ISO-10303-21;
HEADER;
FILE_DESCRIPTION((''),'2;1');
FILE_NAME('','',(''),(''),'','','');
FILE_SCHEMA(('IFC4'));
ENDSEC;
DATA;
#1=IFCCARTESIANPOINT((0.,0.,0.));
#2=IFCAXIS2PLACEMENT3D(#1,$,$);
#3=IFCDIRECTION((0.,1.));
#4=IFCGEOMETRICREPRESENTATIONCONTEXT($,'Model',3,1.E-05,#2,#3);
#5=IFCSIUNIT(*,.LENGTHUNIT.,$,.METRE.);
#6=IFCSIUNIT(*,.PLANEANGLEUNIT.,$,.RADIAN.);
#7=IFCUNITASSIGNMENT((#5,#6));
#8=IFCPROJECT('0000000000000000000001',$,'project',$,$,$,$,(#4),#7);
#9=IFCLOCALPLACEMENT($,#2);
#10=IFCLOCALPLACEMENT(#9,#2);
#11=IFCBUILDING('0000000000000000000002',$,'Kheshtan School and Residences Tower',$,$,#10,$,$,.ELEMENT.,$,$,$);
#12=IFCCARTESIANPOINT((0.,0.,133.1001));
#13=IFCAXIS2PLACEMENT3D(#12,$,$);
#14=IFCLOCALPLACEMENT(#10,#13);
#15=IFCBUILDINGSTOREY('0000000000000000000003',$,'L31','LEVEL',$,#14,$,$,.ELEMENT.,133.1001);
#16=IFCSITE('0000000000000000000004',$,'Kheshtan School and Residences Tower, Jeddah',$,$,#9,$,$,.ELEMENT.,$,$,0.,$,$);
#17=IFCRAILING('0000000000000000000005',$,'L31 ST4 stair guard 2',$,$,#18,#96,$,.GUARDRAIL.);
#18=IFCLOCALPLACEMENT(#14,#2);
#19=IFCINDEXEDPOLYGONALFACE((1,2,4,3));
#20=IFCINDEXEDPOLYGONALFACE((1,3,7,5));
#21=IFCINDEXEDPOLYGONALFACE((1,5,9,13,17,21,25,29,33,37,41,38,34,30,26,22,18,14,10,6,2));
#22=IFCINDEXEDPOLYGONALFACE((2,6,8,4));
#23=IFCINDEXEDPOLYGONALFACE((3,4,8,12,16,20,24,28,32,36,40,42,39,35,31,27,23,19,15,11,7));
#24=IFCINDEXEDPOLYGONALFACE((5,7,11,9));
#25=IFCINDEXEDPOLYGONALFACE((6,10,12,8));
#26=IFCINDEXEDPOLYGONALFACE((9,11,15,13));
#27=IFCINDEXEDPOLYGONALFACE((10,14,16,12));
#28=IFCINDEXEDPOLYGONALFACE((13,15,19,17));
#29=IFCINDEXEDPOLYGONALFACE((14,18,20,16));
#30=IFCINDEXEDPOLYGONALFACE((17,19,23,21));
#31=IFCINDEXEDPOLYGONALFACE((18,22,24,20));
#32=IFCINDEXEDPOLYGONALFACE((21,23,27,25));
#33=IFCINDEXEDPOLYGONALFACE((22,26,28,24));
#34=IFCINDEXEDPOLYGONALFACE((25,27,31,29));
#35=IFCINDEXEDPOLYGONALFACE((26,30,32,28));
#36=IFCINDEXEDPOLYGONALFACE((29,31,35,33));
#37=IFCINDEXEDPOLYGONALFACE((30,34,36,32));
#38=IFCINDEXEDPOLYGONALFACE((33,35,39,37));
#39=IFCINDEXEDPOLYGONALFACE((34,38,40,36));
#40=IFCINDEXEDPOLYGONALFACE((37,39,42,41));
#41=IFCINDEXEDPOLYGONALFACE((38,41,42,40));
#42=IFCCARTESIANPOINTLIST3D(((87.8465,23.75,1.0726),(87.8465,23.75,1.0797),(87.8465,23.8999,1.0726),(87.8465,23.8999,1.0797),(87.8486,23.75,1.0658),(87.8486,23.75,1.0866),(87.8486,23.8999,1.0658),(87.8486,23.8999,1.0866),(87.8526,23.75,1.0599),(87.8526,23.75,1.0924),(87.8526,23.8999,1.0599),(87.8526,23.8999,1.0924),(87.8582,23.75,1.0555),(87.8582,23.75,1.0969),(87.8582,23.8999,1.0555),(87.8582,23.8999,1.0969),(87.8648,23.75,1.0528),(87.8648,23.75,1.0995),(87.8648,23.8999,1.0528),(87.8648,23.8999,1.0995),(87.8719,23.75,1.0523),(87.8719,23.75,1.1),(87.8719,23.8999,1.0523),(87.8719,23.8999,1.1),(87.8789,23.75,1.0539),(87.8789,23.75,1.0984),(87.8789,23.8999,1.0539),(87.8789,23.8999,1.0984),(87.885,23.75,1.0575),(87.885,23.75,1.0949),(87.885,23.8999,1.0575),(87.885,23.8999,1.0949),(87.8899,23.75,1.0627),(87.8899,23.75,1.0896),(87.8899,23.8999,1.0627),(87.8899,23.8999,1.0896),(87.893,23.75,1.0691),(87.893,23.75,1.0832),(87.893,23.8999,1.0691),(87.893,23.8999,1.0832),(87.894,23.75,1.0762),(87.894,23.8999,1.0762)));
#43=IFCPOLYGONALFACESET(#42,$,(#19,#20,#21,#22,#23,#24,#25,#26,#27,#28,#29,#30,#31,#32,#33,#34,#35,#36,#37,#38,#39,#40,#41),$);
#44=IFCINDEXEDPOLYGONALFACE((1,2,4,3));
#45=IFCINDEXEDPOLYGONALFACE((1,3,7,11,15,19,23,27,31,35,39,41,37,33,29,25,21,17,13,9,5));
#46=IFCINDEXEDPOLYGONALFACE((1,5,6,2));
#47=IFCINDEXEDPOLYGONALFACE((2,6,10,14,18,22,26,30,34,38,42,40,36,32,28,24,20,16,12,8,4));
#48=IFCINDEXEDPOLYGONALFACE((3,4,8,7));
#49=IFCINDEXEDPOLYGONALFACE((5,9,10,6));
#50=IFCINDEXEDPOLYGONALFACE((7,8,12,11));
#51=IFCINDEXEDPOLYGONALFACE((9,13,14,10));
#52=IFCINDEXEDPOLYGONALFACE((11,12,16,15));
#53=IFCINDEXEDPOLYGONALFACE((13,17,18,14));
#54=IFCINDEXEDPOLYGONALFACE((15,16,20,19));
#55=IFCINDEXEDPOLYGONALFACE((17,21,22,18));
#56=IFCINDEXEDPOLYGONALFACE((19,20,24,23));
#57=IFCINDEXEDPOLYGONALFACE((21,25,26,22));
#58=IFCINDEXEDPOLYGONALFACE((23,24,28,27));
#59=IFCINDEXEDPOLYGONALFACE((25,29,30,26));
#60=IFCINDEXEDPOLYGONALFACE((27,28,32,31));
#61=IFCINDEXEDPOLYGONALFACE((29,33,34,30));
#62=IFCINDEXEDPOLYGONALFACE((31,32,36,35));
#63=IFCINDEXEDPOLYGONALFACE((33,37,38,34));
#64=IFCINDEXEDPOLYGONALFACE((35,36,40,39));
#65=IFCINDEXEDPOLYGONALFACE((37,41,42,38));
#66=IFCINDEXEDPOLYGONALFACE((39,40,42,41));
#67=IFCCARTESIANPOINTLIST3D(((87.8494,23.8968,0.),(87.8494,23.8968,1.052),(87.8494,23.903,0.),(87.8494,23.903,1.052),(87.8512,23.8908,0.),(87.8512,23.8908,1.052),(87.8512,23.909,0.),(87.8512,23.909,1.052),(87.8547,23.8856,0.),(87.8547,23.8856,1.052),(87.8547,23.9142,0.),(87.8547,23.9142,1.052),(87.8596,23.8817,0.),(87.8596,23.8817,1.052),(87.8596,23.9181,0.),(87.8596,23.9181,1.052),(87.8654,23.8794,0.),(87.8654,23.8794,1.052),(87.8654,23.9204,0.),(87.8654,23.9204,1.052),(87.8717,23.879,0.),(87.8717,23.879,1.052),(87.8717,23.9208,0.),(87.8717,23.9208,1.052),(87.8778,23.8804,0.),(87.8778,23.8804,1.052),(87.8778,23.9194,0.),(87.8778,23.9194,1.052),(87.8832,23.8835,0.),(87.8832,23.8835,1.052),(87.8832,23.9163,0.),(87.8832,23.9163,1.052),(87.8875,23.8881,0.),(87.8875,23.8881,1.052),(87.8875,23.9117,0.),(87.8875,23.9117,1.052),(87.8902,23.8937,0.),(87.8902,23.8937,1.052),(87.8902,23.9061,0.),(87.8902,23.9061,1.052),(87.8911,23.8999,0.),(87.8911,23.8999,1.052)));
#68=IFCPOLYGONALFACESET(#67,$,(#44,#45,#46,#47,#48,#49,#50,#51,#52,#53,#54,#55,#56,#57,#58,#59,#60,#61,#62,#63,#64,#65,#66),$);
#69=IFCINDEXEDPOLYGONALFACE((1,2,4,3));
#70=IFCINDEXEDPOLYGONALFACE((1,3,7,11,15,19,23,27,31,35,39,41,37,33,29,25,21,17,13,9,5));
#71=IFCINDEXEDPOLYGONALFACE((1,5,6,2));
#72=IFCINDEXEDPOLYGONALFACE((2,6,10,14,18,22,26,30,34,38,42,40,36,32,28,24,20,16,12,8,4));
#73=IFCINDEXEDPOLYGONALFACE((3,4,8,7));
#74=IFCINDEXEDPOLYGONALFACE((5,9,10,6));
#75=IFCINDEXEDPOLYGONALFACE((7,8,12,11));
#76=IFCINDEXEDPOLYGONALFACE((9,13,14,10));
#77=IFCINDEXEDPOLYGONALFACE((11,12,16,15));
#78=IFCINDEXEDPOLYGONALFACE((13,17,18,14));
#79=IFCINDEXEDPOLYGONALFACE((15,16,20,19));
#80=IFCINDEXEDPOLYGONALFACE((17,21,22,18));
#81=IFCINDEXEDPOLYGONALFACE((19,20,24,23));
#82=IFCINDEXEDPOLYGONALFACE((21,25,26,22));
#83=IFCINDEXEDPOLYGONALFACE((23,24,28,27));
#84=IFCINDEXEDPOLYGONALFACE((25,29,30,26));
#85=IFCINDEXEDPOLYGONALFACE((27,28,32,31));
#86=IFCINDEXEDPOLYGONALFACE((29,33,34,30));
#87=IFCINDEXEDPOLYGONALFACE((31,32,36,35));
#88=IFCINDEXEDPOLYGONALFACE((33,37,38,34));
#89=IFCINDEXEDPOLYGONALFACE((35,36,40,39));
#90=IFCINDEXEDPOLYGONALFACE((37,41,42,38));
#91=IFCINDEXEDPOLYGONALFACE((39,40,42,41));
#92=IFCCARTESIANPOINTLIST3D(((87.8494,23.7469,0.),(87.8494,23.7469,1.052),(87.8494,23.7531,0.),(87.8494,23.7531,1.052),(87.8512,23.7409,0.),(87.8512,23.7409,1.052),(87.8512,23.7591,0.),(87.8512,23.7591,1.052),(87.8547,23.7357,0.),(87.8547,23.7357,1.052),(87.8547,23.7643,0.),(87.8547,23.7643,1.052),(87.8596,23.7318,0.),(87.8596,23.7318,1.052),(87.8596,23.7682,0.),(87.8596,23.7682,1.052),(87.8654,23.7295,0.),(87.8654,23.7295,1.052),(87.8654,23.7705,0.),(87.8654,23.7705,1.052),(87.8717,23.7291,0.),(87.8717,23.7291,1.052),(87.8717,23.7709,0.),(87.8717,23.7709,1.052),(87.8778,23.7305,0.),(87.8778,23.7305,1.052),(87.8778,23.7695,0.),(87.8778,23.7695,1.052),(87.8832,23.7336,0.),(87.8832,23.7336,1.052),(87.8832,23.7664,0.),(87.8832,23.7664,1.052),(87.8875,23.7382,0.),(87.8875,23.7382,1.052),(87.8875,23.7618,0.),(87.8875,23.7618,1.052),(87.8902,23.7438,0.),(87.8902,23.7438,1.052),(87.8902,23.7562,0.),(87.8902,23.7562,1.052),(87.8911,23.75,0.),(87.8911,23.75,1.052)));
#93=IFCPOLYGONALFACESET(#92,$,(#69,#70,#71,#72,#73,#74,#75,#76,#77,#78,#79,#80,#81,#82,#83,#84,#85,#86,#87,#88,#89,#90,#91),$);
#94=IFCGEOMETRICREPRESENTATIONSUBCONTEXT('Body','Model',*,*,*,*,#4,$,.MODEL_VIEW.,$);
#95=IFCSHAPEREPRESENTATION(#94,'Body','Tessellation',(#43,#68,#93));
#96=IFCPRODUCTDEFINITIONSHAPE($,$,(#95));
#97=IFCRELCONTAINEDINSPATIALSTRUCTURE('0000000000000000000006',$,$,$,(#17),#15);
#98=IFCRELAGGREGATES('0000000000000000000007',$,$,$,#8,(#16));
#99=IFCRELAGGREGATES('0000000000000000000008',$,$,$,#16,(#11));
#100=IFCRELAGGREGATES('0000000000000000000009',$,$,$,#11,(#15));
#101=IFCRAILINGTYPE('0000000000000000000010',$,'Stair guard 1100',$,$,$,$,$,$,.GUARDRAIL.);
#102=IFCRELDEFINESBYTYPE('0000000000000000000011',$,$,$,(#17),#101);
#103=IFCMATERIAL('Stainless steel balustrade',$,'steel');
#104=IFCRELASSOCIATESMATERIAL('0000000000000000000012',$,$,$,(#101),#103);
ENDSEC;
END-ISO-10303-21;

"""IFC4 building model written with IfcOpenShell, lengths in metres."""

from ifc_helpers import new_model, si_unit, direction, frame, origin, origin_2d, place, context, subcontext, project, spatial, circle, extrude, material, type_object, element, save


model = new_model("IFC4")

# Units and contexts
model_context = context("Model", 3, precision=1e-05, world=origin(), true_north=direction((0.0, 1.0)))
body_context = subcontext(model_context, "Body", "Model", "MODEL_VIEW")
ifc_project = project(units=[si_unit("LENGTHUNIT", "METRE"), si_unit("PLANEANGLEUNIT", "RADIAN")], contexts=[model_context])

# Site, building, storey
site_placement = place(None, origin())
site = spatial("IfcSite", under=ifc_project, at=site_placement, Name="Kheshtan School and Residences Tower, Jeddah", CompositionType="ELEMENT", RefElevation=0.0)
building_placement = place(site_placement, origin())
building = spatial("IfcBuilding", under=site, at=building_placement, Name="Kheshtan School and Residences Tower", CompositionType="ELEMENT")
storey_placement = place(building_placement, frame((0.0, 0.0, 133.1001)))
storey = spatial("IfcBuildingStorey", under=building, at=storey_placement, Name="L31", Description="LEVEL", CompositionType="ELEMENT", Elevation=133.1001)

# Railing
ifc_material_1 = material(Name="Stainless steel balustrade", Category="steel")
railing_type_1 = type_object("IfcRailingType", Name="Stair guard 1100", PredefinedType="GUARDRAIL", material=ifc_material_1)
railing_1_placement = place(storey_placement, frame((87.8701, 23.8999, 0.0)))
element("IfcRailing", 1, at=railing_1_placement, inside=storey, type_object=railing_type_1, Name="L31 ST4 stair guard 2", PredefinedType="GUARDRAIL", context=body_context, shape_type="SweptSolid", body=[
    extrude(circle(Radius=0.0239, at=origin_2d()), frame((0.0, 0.0, 1.0762), z_axis=(0.0, -1.0, 0.0), x_axis=(1.0, 0.0, 0.0)), (0.0, 0.0, 1.0), 0.1499),
    extrude(circle(Radius=0.021, at=origin_2d()), origin(), (0.0, 0.0, 1.0), 1.052),
    extrude(circle(Radius=0.021, at=origin_2d()), frame((0.0, -0.1499, 0.0)), (0.0, 0.0, 1.0), 1.052),
])

save(model, "model.ifc")
